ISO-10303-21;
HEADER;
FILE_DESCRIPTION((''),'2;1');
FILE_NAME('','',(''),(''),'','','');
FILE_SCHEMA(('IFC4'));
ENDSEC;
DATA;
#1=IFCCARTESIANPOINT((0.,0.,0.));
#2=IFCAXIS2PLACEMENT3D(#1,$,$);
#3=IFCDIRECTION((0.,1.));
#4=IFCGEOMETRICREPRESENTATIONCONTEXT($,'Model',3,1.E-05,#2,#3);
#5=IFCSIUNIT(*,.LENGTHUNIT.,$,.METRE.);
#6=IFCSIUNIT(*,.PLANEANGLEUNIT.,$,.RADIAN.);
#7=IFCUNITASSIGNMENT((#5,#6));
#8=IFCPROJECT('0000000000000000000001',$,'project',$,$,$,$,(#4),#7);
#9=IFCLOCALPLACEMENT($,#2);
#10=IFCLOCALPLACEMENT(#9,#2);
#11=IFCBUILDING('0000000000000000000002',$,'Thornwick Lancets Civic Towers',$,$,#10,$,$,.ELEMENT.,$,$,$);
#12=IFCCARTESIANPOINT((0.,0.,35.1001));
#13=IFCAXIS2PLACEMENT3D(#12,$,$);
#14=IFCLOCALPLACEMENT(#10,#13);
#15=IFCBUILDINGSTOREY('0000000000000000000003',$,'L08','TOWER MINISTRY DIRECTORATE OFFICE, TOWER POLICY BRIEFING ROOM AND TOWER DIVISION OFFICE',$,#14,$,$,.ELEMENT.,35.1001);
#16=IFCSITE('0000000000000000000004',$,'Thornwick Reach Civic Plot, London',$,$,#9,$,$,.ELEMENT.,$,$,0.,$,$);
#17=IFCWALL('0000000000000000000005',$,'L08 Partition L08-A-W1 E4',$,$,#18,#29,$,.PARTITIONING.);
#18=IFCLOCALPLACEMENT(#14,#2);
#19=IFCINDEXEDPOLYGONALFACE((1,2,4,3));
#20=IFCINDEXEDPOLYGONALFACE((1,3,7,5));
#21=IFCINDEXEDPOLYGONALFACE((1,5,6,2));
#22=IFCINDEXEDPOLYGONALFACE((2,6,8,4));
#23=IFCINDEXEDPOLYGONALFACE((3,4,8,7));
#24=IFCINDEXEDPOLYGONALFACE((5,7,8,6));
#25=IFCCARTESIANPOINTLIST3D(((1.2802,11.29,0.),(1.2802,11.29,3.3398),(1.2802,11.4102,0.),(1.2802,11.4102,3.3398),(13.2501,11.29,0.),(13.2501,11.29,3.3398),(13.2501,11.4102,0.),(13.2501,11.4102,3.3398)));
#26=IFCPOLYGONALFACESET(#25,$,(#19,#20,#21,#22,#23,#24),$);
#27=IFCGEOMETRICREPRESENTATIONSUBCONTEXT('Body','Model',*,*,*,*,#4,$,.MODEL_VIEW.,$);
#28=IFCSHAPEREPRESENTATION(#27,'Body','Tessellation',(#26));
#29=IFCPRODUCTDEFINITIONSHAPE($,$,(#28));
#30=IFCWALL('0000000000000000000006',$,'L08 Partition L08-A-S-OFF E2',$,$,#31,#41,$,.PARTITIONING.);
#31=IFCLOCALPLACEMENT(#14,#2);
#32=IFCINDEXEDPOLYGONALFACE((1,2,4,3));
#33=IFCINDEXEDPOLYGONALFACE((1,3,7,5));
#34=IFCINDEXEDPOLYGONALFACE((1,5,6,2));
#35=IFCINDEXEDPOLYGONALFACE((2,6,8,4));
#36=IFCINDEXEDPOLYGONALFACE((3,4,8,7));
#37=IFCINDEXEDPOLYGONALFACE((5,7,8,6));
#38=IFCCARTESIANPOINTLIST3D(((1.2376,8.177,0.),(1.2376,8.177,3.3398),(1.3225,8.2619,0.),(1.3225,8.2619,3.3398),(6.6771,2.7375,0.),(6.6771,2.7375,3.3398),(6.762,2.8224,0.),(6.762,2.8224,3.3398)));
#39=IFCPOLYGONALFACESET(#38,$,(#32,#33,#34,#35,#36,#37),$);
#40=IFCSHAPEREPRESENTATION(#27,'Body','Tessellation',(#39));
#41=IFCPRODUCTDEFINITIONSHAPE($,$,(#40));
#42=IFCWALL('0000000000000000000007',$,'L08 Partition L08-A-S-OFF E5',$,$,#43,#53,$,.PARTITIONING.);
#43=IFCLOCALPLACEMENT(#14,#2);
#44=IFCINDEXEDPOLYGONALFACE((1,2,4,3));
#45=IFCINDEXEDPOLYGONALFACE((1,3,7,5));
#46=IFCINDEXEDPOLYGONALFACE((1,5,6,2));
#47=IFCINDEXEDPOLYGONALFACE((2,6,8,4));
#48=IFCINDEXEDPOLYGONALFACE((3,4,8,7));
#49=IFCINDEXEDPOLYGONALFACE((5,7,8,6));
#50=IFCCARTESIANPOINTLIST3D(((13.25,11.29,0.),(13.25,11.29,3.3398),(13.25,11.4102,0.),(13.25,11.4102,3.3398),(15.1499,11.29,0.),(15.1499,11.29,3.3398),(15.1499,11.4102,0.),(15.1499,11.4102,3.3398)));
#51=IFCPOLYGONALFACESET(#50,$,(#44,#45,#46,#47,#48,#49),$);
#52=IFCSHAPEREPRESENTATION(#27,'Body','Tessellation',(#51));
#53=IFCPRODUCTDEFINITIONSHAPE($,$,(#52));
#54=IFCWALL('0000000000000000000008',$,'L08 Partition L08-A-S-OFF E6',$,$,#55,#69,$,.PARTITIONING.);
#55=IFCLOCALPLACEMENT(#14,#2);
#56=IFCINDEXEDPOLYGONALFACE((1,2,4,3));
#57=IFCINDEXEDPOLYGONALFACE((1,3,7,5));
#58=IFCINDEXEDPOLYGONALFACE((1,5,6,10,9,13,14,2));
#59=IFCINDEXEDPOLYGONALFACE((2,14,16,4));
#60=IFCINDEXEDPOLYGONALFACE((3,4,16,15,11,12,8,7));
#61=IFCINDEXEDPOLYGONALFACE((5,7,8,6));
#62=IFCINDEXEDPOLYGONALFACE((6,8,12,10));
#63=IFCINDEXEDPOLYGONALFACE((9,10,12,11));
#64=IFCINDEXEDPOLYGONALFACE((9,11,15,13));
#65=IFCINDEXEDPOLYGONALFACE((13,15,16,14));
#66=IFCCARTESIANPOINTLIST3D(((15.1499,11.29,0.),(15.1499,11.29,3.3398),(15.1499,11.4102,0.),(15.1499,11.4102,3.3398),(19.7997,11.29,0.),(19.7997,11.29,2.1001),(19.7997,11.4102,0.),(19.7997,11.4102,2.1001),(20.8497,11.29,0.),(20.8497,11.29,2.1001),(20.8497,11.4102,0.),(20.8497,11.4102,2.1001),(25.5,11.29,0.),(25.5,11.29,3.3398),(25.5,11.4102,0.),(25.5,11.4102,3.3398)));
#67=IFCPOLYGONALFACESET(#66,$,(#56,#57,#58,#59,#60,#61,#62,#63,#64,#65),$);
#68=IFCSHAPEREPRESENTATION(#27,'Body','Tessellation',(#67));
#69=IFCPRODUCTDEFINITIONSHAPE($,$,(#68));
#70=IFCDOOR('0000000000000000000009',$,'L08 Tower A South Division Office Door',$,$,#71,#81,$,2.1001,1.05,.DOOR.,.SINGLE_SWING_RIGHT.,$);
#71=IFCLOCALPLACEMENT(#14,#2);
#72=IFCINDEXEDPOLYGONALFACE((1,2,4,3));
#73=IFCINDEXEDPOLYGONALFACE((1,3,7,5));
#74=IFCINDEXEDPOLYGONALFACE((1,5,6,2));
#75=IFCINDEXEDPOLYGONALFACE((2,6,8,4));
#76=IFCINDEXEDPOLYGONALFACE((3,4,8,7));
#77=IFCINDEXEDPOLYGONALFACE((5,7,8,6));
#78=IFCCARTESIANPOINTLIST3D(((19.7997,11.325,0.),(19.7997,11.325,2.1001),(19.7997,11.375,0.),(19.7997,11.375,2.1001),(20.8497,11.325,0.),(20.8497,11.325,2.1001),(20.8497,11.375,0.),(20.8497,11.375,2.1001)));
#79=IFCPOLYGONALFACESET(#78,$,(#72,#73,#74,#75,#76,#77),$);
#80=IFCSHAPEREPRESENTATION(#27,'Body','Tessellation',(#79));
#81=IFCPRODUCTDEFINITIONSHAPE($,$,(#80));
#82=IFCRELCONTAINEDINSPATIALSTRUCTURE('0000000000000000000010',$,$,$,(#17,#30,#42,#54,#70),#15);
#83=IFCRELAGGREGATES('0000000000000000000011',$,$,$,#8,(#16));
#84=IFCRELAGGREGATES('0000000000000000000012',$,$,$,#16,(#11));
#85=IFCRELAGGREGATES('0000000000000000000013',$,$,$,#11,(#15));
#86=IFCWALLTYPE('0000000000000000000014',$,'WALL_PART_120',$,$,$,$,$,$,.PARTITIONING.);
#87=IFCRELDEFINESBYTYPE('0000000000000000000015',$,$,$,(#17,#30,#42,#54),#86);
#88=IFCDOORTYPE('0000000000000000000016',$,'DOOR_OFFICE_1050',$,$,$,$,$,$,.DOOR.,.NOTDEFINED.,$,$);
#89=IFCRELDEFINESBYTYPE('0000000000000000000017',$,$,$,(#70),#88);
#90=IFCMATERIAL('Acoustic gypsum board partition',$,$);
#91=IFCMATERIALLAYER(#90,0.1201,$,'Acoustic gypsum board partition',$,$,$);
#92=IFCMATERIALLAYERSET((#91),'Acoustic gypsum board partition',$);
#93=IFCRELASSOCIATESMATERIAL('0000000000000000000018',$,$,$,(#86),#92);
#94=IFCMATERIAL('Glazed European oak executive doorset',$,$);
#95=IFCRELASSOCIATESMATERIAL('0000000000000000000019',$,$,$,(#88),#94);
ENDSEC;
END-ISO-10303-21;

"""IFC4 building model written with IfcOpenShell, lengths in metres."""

from ifc_helpers import new_model, si_unit, direction, frame, frame_2d, origin, place, context, subcontext, project, spatial, rectangle, extrude, material, layer, layer_set, type_object, element, fill, save


model = new_model("IFC4")

# Units and contexts
model_context = context("Model", 3, precision=1e-05, world=origin(), true_north=direction((0.0, 1.0)))
body_context = subcontext(model_context, "Body", "Model", "MODEL_VIEW")
ifc_project = project(units=[si_unit("LENGTHUNIT", "METRE"), si_unit("PLANEANGLEUNIT", "RADIAN")], contexts=[model_context])

# Site, building, storey
site_placement = place(None, origin())
site = spatial("IfcSite", under=ifc_project, at=site_placement, Name="Thornwick Reach Civic Plot, London", CompositionType="ELEMENT", RefElevation=0.0)
building_placement = place(site_placement, origin())
building = spatial("IfcBuilding", under=site, at=building_placement, Name="Thornwick Lancets Civic Towers", CompositionType="ELEMENT")
storey_placement = place(building_placement, frame((0.0, 0.0, 35.1001)))
storey = spatial("IfcBuildingStorey", under=building, at=storey_placement, Name="L08", Description="TOWER MINISTRY DIRECTORATE OFFICE, TOWER POLICY BRIEFING ROOM AND TOWER DIVISION OFFICE", CompositionType="ELEMENT", Elevation=35.1001)

# Walls
ifc_material_1 = material(Name="Acoustic gypsum board partition")
ifc_layer_1 = layer(ifc_material_1, 0.1201, Name="Acoustic gypsum board partition")
ifc_layer_set_1 = layer_set([ifc_layer_1], Name="Acoustic gypsum board partition")
wall_type_1 = type_object("IfcWallType", Name="WALL_PART_120", PredefinedType="PARTITIONING", material=ifc_layer_set_1)
wall_1_placement = place(storey_placement, frame((13.25, 11.3501, 0.0), z_axis=(0.0, 0.0, 1.0), x_axis=(-1.0, 0.0, 0.0)))
element("IfcWall", 1, at=wall_1_placement, inside=storey, type_object=wall_type_1, Name="L08 Partition L08-A-W1 E4", PredefinedType="PARTITIONING", context=body_context, shape_type="SweptSolid", body=[
    extrude(rectangle(XDim=11.97, YDim=0.1201, at=frame_2d((5.9849, 0.0))), origin(), (0.0, 0.0, 1.0), 3.3398),
])
wall_2_placement = place(storey_placement, frame((6.7195, 2.78, 0.0), z_axis=(0.0, 0.0, 1.0), x_axis=(-0.707107, 0.707107, 0.0)))
element("IfcWall", 2, at=wall_2_placement, inside=storey, type_object=wall_type_1, Name="L08 Partition L08-A-S-OFF E2", PredefinedType="PARTITIONING", context=body_context, shape_type="SweptSolid", body=[
    extrude(rectangle(XDim=7.6926, YDim=0.1201, at=frame_2d((3.8462, 0.0))), origin(), (0.0, 0.0, 1.0), 3.3398),
])
wall_3_placement = place(storey_placement, frame((13.25, 11.3501, 0.0), z_axis=(0.0, 0.0, 1.0), x_axis=(1.0, 0.0, 0.0)))
element("IfcWall", 3, at=wall_3_placement, inside=storey, type_object=wall_type_1, Name="L08 Partition L08-A-S-OFF E5", PredefinedType="PARTITIONING", context=body_context, shape_type="SweptSolid", body=[
    extrude(rectangle(XDim=1.8999, YDim=0.1201, at=frame_2d((0.95, 0.0))), origin(), (0.0, 0.0, 1.0), 3.3398),
])

# Wall, opening, door
wall_4_placement = place(storey_placement, frame((15.1499, 11.3501, 0.0), z_axis=(0.0, 0.0, 1.0), x_axis=(1.0, 0.0, 0.0)))
wall_4 = element("IfcWall", 4, at=wall_4_placement, inside=storey, type_object=wall_type_1, Name="L08 Partition L08-A-S-OFF E6", PredefinedType="PARTITIONING", context=body_context, shape_type="SweptSolid", body=[
    extrude(rectangle(XDim=10.3501, YDim=0.1201, at=frame_2d((5.175, 0.0))), origin(), (0.0, 0.0, 1.0), 3.3398),
])
opening_1_placement = place(wall_4_placement, frame((4.6499, 0.0, 0.0)))
opening_1 = element("IfcOpeningElement", 5, at=opening_1_placement, cuts=wall_4, PredefinedType="OPENING", context=body_context, shape_type="SweptSolid", body=[
    extrude(rectangle(XDim=1.05, YDim=2.1001, at=frame_2d((0.5249, 1.05))), frame((0.0, 0.0701, 0.0), z_axis=(0.0, -1.0, 0.0), x_axis=(1.0, 0.0, 0.0)), (0.0, 0.0, 1.0), 0.1401),
])
ifc_material_2 = material(Name="Glazed European oak executive doorset")
door_type_1 = type_object("IfcDoorType", Name="DOOR_OFFICE_1050", OperationType="NOTDEFINED", PredefinedType="DOOR", material=ifc_material_2)
door_1_placement = place(opening_1_placement, origin())
door_1 = element("IfcDoor", 6, at=door_1_placement, inside=storey, type_object=door_type_1, Name="L08 Tower A South Division Office Door", OperationType="SINGLE_SWING_RIGHT", OverallHeight=2.1001, OverallWidth=1.05, PredefinedType="DOOR", context=body_context, shape_type="SweptSolid", body=[
    extrude(rectangle(XDim=1.05, YDim=2.1001, at=frame_2d((0.5249, 1.05))), frame((0.0, 0.0249, 0.0), z_axis=(0.0, -1.0, 0.0), x_axis=(1.0, 0.0, 0.0)), (0.0, 0.0, 1.0), 0.05),
])
fill(opening_1, door_1)

save(model, "model.ifc")
